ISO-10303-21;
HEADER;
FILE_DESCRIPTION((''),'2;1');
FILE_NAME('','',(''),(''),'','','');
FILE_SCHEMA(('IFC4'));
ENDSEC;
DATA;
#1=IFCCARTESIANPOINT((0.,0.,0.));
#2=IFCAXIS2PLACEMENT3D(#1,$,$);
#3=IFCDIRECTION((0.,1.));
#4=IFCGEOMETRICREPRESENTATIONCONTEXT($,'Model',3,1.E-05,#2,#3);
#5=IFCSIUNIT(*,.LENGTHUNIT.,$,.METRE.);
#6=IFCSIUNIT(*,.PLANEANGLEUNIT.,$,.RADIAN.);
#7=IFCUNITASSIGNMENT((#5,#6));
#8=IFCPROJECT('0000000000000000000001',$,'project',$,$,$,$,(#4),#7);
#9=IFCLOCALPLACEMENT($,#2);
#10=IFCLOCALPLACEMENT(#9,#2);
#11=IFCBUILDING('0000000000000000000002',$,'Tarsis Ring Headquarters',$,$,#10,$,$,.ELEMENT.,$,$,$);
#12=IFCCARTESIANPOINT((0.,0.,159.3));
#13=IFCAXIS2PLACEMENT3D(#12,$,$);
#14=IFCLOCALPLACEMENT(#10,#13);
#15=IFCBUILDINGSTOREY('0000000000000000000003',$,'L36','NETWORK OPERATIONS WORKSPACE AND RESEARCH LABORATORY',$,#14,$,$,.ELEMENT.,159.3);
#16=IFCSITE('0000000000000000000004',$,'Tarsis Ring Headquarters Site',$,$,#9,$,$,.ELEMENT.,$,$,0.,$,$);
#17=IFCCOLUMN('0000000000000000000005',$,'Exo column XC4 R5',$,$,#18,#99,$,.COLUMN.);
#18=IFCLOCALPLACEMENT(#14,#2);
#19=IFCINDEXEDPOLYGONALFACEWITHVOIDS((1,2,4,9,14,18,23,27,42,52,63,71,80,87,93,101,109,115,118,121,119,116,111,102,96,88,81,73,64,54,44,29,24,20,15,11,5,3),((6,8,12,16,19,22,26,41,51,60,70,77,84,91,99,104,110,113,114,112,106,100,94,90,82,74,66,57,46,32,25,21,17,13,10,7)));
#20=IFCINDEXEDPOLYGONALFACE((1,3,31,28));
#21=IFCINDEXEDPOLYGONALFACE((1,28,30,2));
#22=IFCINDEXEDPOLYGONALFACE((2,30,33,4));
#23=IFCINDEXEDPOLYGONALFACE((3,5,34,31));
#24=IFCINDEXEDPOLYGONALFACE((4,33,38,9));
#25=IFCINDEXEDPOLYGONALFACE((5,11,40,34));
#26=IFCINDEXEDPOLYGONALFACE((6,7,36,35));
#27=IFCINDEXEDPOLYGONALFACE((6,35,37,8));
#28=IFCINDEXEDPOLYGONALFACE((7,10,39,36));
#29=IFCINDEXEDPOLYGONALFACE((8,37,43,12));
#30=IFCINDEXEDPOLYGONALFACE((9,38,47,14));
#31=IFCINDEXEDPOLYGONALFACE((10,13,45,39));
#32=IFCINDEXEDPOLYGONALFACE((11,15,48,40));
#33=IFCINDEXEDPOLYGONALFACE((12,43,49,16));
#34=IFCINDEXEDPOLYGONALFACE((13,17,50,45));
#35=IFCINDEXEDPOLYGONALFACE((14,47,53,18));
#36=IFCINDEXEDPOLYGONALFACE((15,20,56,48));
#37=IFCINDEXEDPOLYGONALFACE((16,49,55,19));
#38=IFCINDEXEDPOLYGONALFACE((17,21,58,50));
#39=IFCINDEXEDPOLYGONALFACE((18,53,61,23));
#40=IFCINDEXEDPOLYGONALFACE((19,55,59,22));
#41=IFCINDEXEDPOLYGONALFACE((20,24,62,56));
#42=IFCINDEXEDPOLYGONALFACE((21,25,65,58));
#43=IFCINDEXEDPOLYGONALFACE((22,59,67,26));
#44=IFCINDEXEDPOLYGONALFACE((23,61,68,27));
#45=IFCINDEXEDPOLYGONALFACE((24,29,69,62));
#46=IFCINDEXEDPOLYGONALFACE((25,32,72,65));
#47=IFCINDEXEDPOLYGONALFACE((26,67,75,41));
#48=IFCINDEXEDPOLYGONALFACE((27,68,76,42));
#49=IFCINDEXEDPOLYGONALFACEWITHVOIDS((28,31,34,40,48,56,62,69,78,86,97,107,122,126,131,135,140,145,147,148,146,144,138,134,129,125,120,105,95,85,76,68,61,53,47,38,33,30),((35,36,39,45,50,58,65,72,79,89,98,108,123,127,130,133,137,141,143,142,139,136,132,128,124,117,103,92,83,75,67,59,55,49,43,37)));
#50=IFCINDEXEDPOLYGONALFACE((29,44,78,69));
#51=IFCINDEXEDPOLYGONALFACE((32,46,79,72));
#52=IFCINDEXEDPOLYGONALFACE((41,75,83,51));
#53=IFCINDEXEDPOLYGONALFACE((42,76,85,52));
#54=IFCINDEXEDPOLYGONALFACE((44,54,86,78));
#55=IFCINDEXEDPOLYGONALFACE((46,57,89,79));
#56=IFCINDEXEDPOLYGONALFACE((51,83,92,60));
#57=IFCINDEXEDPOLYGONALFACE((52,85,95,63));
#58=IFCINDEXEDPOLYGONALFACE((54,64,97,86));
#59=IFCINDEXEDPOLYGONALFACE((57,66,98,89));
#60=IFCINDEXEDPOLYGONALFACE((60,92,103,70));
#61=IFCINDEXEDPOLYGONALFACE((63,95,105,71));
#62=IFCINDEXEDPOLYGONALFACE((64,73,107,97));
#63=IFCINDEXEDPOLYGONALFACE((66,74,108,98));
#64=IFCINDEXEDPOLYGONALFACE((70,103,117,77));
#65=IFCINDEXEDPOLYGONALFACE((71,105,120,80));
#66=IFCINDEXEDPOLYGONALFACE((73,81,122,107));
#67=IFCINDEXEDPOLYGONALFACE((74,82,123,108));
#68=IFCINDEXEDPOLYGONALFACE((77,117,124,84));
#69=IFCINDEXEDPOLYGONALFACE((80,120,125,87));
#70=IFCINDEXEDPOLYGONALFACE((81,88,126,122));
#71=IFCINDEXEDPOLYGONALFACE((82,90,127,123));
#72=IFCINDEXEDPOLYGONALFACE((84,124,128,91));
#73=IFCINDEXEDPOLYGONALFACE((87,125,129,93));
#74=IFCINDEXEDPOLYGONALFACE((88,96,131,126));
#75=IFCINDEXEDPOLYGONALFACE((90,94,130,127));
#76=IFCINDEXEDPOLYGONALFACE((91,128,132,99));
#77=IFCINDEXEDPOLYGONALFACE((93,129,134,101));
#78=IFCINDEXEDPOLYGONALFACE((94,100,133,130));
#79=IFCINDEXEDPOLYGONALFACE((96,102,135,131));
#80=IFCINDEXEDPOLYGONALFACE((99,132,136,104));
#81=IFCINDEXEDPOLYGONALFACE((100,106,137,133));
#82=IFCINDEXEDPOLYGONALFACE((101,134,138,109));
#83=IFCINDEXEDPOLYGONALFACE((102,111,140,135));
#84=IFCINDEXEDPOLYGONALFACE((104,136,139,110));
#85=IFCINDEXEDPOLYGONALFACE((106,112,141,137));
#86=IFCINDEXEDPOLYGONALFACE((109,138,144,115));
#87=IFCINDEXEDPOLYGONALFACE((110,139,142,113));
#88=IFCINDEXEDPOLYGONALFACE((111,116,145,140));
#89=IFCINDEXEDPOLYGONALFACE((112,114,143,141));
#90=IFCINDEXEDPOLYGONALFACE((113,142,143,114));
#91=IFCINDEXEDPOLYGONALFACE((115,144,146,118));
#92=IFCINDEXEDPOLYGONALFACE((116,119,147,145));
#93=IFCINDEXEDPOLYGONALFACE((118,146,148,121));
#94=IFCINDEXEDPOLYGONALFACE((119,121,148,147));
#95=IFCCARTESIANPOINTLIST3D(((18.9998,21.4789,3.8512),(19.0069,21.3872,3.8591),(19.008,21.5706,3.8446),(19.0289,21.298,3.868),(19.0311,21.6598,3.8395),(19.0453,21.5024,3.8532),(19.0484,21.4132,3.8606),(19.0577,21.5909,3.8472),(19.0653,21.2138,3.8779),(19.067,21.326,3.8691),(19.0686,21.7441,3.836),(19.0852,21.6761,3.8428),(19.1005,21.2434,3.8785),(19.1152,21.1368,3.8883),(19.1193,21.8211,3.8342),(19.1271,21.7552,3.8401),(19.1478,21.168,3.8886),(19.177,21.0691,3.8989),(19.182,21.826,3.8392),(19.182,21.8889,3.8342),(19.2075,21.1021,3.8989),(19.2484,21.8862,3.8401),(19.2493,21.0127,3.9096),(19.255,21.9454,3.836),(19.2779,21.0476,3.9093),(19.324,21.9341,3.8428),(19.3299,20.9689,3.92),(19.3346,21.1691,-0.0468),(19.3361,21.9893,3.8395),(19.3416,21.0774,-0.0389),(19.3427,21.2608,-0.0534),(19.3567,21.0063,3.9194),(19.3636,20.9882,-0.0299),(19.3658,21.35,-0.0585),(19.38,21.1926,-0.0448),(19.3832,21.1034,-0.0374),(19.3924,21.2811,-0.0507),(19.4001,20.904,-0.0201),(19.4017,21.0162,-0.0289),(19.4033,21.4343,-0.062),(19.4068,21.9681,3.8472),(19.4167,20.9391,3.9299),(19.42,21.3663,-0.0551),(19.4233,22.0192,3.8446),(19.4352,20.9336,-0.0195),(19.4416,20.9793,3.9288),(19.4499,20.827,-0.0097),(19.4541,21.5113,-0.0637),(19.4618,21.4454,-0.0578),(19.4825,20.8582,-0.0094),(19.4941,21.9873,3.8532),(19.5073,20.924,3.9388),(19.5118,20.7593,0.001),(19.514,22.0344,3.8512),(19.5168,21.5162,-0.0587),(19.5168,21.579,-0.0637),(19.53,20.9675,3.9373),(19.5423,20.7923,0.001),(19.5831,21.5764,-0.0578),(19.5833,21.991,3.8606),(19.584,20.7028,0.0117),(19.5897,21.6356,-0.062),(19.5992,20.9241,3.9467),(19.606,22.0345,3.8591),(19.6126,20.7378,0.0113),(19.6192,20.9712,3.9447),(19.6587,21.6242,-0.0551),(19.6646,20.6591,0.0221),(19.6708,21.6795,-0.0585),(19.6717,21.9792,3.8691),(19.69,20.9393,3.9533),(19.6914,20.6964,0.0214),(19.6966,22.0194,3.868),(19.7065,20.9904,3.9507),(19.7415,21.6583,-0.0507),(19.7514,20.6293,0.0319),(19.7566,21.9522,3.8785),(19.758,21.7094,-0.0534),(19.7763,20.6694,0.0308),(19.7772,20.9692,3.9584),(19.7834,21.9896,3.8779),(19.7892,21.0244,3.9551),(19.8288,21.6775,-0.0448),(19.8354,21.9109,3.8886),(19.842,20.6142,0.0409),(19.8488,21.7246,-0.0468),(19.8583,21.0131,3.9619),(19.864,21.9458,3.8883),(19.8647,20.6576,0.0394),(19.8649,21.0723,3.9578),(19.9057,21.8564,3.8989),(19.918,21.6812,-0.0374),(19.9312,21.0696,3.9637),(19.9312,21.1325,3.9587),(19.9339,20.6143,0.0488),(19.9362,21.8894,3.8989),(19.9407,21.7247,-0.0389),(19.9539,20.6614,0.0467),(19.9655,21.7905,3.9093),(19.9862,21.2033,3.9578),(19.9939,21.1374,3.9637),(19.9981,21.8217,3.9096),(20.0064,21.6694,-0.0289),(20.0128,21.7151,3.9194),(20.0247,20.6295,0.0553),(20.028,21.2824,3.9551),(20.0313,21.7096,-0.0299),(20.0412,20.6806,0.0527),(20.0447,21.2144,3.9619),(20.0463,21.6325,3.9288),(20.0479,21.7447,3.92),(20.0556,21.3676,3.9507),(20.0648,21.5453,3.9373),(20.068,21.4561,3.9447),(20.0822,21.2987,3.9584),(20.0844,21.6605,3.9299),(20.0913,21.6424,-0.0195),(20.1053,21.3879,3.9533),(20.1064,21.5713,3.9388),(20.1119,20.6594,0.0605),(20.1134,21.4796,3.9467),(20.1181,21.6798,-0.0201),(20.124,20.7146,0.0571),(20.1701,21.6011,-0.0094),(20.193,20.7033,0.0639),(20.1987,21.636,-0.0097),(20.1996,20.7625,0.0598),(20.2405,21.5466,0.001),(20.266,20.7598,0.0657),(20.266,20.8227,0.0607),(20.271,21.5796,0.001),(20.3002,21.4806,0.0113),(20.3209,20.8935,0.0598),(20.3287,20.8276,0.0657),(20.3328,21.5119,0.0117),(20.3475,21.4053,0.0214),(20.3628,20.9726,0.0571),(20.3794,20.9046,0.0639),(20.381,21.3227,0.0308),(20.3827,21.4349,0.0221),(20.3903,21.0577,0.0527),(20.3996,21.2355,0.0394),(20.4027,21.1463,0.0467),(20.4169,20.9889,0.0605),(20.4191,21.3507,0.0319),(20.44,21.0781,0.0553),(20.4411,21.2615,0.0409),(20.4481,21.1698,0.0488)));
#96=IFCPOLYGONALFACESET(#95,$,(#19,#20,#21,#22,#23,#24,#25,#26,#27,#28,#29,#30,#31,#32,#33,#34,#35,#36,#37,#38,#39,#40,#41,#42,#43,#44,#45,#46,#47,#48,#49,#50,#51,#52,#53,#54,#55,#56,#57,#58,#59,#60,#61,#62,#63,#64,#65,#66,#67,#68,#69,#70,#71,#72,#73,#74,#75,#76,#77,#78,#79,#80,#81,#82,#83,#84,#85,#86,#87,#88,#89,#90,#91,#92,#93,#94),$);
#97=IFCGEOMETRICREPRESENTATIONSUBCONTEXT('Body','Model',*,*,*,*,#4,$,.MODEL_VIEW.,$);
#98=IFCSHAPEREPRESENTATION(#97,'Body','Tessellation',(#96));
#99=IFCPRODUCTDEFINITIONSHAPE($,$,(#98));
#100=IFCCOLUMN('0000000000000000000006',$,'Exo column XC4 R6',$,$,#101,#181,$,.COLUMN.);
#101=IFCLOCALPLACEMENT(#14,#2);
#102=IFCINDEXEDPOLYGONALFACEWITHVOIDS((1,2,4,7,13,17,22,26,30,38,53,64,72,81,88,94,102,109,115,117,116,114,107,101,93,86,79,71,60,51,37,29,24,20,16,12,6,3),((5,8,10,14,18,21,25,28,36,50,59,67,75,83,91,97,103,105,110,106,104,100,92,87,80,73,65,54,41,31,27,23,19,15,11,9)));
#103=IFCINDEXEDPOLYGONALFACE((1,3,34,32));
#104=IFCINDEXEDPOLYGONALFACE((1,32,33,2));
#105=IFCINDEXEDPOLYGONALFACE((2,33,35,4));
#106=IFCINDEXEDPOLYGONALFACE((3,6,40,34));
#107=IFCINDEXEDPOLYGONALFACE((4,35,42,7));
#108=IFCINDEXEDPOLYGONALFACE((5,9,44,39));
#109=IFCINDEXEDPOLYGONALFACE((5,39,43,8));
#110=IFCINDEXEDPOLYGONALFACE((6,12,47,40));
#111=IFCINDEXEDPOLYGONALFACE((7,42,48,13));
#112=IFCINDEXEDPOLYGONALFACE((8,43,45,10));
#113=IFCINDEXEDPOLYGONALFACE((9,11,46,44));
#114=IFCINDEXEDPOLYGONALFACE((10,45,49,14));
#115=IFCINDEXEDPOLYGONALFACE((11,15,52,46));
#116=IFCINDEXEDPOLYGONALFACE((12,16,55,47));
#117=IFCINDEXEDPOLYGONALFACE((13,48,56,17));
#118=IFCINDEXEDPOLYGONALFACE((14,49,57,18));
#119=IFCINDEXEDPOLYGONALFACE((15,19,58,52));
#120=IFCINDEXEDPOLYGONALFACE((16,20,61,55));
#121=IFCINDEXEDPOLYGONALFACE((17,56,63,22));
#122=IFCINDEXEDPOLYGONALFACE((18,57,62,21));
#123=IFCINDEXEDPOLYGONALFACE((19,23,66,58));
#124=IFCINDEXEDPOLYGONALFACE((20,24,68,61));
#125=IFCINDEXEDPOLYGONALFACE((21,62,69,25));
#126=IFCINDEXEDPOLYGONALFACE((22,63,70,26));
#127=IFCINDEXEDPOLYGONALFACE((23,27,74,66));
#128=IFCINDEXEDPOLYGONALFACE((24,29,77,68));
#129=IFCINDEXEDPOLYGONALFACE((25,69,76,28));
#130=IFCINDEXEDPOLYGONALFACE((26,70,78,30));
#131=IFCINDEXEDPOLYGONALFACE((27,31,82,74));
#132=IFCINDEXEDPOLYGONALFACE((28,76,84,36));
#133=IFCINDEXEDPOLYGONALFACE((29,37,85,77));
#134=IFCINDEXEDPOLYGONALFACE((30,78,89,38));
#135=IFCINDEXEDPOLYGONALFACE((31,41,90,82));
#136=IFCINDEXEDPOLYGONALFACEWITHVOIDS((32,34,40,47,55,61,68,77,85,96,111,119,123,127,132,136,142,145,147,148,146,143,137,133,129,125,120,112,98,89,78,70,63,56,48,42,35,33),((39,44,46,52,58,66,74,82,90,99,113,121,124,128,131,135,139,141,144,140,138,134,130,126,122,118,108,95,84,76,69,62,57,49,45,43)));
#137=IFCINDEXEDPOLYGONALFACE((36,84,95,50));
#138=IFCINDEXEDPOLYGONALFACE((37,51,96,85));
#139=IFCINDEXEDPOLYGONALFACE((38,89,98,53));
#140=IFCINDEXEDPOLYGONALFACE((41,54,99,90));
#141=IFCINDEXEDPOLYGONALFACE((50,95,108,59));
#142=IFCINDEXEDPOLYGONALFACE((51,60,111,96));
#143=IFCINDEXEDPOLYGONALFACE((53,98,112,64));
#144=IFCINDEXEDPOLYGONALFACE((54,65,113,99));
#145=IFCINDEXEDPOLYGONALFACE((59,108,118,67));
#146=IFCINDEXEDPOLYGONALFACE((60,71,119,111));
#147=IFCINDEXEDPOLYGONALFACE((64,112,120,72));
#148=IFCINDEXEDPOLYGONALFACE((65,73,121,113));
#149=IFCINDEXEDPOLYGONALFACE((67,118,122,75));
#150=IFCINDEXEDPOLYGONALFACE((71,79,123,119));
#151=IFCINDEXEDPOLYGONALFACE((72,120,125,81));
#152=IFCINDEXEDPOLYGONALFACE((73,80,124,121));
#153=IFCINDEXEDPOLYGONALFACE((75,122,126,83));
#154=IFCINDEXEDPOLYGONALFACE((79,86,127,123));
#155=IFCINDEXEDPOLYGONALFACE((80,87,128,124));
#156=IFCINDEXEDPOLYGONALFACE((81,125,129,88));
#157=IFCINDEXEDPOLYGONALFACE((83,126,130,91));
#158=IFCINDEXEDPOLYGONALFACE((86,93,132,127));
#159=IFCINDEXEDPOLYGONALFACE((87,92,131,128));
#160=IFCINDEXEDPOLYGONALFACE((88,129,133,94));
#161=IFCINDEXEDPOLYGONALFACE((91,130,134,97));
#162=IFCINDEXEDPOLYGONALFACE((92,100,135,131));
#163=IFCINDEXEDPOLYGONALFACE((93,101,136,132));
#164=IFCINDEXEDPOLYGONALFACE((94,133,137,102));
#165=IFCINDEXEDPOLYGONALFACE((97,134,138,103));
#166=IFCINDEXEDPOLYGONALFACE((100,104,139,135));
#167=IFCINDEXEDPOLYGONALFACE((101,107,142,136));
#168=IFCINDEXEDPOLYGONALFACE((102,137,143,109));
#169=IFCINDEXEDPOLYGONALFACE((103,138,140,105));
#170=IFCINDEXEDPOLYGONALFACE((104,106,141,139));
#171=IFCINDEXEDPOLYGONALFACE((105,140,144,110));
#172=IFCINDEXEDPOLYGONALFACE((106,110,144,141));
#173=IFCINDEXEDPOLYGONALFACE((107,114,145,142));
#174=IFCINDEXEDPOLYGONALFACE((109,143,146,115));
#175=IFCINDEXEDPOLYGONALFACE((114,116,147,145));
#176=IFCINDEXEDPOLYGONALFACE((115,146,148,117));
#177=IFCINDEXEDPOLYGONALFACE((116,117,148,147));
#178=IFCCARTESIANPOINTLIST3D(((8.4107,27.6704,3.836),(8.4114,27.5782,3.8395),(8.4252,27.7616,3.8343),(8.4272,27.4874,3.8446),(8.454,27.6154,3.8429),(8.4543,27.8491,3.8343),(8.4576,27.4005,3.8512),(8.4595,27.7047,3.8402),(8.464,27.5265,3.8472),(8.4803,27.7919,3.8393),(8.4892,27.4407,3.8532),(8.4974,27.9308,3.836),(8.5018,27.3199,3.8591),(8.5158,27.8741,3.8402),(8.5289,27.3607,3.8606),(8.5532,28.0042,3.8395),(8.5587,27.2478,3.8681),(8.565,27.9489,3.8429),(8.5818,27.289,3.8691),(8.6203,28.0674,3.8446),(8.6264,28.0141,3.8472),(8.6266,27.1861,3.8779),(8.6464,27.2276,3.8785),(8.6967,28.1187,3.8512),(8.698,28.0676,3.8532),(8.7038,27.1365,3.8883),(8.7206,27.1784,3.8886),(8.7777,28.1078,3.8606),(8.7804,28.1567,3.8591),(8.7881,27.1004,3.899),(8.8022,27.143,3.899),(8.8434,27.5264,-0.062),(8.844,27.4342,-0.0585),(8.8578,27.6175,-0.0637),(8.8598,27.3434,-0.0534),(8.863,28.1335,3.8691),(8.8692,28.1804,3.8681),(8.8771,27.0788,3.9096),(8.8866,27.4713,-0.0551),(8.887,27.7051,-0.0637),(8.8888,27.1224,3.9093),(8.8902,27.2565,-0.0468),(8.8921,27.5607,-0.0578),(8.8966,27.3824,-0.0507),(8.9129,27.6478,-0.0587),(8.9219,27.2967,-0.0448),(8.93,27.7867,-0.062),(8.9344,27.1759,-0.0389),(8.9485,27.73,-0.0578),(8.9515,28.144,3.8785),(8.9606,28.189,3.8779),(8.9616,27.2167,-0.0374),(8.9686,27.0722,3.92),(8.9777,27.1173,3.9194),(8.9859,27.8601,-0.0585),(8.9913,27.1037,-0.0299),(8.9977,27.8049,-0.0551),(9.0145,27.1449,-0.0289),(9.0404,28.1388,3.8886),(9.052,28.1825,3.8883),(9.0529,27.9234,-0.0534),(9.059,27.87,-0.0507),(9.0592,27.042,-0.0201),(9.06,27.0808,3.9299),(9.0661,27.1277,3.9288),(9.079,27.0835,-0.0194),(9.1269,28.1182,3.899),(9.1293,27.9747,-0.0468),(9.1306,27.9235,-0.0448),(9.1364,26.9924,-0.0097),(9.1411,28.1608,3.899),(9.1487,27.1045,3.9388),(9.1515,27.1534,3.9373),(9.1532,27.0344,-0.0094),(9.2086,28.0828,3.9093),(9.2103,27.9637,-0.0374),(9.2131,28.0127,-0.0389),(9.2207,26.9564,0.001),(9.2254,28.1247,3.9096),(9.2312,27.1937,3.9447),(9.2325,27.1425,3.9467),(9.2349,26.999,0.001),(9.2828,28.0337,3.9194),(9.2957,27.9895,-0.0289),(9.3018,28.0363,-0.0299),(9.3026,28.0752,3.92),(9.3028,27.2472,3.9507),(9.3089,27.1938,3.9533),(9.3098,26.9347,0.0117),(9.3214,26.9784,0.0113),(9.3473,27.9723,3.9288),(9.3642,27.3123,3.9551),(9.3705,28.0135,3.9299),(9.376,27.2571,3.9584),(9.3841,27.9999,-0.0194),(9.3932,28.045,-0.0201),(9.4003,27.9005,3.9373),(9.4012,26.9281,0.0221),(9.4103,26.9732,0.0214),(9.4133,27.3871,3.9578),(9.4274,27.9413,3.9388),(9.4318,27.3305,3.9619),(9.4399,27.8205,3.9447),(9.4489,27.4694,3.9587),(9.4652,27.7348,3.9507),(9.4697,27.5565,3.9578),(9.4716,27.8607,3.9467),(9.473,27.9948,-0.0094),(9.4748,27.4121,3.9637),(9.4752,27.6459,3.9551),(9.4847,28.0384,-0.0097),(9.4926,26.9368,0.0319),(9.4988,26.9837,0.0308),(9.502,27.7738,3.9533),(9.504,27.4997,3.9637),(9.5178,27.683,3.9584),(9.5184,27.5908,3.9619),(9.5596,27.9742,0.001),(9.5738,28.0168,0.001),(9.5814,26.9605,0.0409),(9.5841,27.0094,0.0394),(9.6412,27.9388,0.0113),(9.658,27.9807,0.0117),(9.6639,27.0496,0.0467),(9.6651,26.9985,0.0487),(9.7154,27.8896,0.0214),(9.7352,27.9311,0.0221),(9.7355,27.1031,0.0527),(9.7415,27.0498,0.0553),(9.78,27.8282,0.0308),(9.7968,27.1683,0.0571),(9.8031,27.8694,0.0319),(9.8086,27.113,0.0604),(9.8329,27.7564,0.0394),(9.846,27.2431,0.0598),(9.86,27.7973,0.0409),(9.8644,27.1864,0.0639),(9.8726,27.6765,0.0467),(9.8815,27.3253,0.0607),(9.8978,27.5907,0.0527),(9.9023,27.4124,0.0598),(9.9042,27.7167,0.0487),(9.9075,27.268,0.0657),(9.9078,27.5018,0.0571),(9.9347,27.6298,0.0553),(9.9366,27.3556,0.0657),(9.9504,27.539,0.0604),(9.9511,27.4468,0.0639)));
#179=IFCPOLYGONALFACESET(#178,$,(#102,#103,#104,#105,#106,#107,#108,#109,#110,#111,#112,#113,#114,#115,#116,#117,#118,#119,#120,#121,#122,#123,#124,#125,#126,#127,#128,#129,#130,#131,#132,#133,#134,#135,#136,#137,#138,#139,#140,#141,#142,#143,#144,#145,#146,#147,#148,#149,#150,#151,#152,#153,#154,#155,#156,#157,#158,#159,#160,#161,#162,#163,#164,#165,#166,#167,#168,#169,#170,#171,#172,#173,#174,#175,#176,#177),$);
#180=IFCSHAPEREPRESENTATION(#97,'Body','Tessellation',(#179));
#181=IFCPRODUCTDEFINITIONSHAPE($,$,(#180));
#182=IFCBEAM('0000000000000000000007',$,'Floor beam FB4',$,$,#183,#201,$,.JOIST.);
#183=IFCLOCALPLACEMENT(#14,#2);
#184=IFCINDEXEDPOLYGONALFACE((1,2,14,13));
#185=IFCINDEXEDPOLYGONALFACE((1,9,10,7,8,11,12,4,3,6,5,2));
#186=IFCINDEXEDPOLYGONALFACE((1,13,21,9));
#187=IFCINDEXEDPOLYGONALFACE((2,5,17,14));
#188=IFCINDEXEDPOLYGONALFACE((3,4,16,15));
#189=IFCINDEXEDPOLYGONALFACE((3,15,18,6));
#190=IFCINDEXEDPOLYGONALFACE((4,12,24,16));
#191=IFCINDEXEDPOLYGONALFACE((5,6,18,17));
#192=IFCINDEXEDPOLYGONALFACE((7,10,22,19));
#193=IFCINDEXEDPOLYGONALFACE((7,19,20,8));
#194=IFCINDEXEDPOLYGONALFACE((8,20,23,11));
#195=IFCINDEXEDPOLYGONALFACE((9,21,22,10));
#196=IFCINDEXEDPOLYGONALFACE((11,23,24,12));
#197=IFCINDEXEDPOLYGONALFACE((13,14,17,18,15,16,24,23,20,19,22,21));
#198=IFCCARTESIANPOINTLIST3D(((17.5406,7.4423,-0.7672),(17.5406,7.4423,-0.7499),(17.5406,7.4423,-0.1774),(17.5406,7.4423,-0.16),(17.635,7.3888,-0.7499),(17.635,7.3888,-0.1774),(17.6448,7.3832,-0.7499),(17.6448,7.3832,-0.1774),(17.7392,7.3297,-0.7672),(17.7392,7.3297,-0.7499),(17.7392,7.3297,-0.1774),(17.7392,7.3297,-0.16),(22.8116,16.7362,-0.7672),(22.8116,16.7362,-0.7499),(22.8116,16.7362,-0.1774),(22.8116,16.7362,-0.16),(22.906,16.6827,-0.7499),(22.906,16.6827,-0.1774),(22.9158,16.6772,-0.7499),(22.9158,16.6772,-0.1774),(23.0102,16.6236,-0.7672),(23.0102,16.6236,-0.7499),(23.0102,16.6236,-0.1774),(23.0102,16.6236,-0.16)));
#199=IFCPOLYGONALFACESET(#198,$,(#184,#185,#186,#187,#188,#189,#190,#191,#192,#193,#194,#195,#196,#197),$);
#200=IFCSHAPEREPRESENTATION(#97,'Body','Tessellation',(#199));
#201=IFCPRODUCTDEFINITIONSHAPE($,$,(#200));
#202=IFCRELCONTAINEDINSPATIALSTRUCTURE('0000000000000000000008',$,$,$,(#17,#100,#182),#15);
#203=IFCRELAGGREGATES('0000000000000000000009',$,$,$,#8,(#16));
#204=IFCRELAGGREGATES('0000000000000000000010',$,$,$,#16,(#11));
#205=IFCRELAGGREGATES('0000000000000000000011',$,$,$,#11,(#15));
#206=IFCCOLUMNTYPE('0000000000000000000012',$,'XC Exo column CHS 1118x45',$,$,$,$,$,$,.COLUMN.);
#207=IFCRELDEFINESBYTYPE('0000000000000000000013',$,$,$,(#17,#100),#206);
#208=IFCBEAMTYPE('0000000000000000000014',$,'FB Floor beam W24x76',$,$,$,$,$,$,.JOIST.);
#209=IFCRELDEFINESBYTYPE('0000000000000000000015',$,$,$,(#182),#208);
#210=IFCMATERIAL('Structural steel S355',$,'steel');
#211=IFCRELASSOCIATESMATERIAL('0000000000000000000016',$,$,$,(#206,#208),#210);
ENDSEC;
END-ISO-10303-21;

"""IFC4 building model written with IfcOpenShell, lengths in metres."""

from ifc_helpers import new_model, si_unit, direction, frame, origin, origin_2d, place, context, subcontext, project, spatial, hollow_circle, i_section, extrude, material, material_profile, profile_set, type_object, element, save


model = new_model("IFC4")

# Units and contexts
model_context = context("Model", 3, precision=1e-05, world=origin(), true_north=direction((0.0, 1.0)))
body_context = subcontext(model_context, "Body", "Model", "MODEL_VIEW")
ifc_project = project(units=[si_unit("LENGTHUNIT", "METRE"), si_unit("PLANEANGLEUNIT", "RADIAN")], contexts=[model_context])

# Site, building, storey
site_placement = place(None, origin())
site = spatial("IfcSite", under=ifc_project, at=site_placement, Name="Tarsis Ring Headquarters Site", CompositionType="ELEMENT", RefElevation=0.0)
building_placement = place(site_placement, origin())
building = spatial("IfcBuilding", under=site, at=building_placement, Name="Tarsis Ring Headquarters", CompositionType="ELEMENT")
storey_placement = place(building_placement, frame((0.0, 0.0, 159.3)))
storey = spatial("IfcBuildingStorey", under=building, at=storey_placement, Name="L36", Description="NETWORK OPERATIONS WORKSPACE AND RESEARCH LABORATORY", CompositionType="ELEMENT", Elevation=159.3)

# Columns
ifc_material_1 = material(Name="Structural steel S355", Category="steel")
ifc_material_profile_1 = material_profile(ifc_material_1, hollow_circle(Radius=0.5588, WallThickness=0.0449, at=origin_2d()), Name="CHS 1118x45")
ifc_profile_set_1 = profile_set([ifc_material_profile_1], Name="Structural steel S355")
column_type = type_object("IfcColumnType", Name="XC Exo column CHS 1118x45", PredefinedType="COLUMN", material=ifc_profile_set_1)
for number, where, z_axis, x_axis, name in (
    (1, (19.8914, 21.1694, 0.001), (-0.085288, 0.078943, 0.993224), (-0.67928, -0.733879, 0.0), "Exo column XC4 R5"),
    (2, (9.3972, 27.4866, 0.001), (-0.110234, 0.036703, 0.993228), (-0.315906, -0.94879, 0.0), "Exo column XC4 R6"),
):
    element("IfcColumn", number, at=place(storey_placement, frame(where, z_axis=z_axis, x_axis=x_axis)), inside=storey, type_object=column_type, Name=name, PredefinedType="COLUMN", context=body_context, shape_type="SweptSolid", body=[
        extrude(hollow_circle(Radius=0.5588, WallThickness=0.0449, at=origin_2d()), origin(), (0.0, 0.0, 1.0), 3.9246),
    ])

# Beam
ifc_material_profile_2 = material_profile(ifc_material_1, i_section(OverallWidth=0.2283, OverallDepth=0.6072, WebThickness=0.0112, FlangeThickness=0.0173, at=origin_2d()), Name="W24x76")
ifc_profile_set_2 = profile_set([ifc_material_profile_2], Name="Structural steel S355")
beam_type_1 = type_object("IfcBeamType", Name="FB Floor beam W24x76", PredefinedType="JOIST", material=ifc_profile_set_2)
beam_1_placement = place(storey_placement, frame((22.9109, 16.6799, -0.4636), z_axis=(-0.493326, -0.869844, 0.0), x_axis=(0.869844, -0.493326, 0.0)))
element("IfcBeam", 3, at=beam_1_placement, inside=storey, type_object=beam_type_1, Name="Floor beam FB4", PredefinedType="JOIST", context=body_context, shape_type="SweptSolid", body=[
    extrude(i_section(OverallWidth=0.2283, OverallDepth=0.6072, WebThickness=0.0112, FlangeThickness=0.0173, at=origin_2d()), origin(), (0.0, 0.0, 1.0), 10.6846),
])

save(model, "model.ifc")
